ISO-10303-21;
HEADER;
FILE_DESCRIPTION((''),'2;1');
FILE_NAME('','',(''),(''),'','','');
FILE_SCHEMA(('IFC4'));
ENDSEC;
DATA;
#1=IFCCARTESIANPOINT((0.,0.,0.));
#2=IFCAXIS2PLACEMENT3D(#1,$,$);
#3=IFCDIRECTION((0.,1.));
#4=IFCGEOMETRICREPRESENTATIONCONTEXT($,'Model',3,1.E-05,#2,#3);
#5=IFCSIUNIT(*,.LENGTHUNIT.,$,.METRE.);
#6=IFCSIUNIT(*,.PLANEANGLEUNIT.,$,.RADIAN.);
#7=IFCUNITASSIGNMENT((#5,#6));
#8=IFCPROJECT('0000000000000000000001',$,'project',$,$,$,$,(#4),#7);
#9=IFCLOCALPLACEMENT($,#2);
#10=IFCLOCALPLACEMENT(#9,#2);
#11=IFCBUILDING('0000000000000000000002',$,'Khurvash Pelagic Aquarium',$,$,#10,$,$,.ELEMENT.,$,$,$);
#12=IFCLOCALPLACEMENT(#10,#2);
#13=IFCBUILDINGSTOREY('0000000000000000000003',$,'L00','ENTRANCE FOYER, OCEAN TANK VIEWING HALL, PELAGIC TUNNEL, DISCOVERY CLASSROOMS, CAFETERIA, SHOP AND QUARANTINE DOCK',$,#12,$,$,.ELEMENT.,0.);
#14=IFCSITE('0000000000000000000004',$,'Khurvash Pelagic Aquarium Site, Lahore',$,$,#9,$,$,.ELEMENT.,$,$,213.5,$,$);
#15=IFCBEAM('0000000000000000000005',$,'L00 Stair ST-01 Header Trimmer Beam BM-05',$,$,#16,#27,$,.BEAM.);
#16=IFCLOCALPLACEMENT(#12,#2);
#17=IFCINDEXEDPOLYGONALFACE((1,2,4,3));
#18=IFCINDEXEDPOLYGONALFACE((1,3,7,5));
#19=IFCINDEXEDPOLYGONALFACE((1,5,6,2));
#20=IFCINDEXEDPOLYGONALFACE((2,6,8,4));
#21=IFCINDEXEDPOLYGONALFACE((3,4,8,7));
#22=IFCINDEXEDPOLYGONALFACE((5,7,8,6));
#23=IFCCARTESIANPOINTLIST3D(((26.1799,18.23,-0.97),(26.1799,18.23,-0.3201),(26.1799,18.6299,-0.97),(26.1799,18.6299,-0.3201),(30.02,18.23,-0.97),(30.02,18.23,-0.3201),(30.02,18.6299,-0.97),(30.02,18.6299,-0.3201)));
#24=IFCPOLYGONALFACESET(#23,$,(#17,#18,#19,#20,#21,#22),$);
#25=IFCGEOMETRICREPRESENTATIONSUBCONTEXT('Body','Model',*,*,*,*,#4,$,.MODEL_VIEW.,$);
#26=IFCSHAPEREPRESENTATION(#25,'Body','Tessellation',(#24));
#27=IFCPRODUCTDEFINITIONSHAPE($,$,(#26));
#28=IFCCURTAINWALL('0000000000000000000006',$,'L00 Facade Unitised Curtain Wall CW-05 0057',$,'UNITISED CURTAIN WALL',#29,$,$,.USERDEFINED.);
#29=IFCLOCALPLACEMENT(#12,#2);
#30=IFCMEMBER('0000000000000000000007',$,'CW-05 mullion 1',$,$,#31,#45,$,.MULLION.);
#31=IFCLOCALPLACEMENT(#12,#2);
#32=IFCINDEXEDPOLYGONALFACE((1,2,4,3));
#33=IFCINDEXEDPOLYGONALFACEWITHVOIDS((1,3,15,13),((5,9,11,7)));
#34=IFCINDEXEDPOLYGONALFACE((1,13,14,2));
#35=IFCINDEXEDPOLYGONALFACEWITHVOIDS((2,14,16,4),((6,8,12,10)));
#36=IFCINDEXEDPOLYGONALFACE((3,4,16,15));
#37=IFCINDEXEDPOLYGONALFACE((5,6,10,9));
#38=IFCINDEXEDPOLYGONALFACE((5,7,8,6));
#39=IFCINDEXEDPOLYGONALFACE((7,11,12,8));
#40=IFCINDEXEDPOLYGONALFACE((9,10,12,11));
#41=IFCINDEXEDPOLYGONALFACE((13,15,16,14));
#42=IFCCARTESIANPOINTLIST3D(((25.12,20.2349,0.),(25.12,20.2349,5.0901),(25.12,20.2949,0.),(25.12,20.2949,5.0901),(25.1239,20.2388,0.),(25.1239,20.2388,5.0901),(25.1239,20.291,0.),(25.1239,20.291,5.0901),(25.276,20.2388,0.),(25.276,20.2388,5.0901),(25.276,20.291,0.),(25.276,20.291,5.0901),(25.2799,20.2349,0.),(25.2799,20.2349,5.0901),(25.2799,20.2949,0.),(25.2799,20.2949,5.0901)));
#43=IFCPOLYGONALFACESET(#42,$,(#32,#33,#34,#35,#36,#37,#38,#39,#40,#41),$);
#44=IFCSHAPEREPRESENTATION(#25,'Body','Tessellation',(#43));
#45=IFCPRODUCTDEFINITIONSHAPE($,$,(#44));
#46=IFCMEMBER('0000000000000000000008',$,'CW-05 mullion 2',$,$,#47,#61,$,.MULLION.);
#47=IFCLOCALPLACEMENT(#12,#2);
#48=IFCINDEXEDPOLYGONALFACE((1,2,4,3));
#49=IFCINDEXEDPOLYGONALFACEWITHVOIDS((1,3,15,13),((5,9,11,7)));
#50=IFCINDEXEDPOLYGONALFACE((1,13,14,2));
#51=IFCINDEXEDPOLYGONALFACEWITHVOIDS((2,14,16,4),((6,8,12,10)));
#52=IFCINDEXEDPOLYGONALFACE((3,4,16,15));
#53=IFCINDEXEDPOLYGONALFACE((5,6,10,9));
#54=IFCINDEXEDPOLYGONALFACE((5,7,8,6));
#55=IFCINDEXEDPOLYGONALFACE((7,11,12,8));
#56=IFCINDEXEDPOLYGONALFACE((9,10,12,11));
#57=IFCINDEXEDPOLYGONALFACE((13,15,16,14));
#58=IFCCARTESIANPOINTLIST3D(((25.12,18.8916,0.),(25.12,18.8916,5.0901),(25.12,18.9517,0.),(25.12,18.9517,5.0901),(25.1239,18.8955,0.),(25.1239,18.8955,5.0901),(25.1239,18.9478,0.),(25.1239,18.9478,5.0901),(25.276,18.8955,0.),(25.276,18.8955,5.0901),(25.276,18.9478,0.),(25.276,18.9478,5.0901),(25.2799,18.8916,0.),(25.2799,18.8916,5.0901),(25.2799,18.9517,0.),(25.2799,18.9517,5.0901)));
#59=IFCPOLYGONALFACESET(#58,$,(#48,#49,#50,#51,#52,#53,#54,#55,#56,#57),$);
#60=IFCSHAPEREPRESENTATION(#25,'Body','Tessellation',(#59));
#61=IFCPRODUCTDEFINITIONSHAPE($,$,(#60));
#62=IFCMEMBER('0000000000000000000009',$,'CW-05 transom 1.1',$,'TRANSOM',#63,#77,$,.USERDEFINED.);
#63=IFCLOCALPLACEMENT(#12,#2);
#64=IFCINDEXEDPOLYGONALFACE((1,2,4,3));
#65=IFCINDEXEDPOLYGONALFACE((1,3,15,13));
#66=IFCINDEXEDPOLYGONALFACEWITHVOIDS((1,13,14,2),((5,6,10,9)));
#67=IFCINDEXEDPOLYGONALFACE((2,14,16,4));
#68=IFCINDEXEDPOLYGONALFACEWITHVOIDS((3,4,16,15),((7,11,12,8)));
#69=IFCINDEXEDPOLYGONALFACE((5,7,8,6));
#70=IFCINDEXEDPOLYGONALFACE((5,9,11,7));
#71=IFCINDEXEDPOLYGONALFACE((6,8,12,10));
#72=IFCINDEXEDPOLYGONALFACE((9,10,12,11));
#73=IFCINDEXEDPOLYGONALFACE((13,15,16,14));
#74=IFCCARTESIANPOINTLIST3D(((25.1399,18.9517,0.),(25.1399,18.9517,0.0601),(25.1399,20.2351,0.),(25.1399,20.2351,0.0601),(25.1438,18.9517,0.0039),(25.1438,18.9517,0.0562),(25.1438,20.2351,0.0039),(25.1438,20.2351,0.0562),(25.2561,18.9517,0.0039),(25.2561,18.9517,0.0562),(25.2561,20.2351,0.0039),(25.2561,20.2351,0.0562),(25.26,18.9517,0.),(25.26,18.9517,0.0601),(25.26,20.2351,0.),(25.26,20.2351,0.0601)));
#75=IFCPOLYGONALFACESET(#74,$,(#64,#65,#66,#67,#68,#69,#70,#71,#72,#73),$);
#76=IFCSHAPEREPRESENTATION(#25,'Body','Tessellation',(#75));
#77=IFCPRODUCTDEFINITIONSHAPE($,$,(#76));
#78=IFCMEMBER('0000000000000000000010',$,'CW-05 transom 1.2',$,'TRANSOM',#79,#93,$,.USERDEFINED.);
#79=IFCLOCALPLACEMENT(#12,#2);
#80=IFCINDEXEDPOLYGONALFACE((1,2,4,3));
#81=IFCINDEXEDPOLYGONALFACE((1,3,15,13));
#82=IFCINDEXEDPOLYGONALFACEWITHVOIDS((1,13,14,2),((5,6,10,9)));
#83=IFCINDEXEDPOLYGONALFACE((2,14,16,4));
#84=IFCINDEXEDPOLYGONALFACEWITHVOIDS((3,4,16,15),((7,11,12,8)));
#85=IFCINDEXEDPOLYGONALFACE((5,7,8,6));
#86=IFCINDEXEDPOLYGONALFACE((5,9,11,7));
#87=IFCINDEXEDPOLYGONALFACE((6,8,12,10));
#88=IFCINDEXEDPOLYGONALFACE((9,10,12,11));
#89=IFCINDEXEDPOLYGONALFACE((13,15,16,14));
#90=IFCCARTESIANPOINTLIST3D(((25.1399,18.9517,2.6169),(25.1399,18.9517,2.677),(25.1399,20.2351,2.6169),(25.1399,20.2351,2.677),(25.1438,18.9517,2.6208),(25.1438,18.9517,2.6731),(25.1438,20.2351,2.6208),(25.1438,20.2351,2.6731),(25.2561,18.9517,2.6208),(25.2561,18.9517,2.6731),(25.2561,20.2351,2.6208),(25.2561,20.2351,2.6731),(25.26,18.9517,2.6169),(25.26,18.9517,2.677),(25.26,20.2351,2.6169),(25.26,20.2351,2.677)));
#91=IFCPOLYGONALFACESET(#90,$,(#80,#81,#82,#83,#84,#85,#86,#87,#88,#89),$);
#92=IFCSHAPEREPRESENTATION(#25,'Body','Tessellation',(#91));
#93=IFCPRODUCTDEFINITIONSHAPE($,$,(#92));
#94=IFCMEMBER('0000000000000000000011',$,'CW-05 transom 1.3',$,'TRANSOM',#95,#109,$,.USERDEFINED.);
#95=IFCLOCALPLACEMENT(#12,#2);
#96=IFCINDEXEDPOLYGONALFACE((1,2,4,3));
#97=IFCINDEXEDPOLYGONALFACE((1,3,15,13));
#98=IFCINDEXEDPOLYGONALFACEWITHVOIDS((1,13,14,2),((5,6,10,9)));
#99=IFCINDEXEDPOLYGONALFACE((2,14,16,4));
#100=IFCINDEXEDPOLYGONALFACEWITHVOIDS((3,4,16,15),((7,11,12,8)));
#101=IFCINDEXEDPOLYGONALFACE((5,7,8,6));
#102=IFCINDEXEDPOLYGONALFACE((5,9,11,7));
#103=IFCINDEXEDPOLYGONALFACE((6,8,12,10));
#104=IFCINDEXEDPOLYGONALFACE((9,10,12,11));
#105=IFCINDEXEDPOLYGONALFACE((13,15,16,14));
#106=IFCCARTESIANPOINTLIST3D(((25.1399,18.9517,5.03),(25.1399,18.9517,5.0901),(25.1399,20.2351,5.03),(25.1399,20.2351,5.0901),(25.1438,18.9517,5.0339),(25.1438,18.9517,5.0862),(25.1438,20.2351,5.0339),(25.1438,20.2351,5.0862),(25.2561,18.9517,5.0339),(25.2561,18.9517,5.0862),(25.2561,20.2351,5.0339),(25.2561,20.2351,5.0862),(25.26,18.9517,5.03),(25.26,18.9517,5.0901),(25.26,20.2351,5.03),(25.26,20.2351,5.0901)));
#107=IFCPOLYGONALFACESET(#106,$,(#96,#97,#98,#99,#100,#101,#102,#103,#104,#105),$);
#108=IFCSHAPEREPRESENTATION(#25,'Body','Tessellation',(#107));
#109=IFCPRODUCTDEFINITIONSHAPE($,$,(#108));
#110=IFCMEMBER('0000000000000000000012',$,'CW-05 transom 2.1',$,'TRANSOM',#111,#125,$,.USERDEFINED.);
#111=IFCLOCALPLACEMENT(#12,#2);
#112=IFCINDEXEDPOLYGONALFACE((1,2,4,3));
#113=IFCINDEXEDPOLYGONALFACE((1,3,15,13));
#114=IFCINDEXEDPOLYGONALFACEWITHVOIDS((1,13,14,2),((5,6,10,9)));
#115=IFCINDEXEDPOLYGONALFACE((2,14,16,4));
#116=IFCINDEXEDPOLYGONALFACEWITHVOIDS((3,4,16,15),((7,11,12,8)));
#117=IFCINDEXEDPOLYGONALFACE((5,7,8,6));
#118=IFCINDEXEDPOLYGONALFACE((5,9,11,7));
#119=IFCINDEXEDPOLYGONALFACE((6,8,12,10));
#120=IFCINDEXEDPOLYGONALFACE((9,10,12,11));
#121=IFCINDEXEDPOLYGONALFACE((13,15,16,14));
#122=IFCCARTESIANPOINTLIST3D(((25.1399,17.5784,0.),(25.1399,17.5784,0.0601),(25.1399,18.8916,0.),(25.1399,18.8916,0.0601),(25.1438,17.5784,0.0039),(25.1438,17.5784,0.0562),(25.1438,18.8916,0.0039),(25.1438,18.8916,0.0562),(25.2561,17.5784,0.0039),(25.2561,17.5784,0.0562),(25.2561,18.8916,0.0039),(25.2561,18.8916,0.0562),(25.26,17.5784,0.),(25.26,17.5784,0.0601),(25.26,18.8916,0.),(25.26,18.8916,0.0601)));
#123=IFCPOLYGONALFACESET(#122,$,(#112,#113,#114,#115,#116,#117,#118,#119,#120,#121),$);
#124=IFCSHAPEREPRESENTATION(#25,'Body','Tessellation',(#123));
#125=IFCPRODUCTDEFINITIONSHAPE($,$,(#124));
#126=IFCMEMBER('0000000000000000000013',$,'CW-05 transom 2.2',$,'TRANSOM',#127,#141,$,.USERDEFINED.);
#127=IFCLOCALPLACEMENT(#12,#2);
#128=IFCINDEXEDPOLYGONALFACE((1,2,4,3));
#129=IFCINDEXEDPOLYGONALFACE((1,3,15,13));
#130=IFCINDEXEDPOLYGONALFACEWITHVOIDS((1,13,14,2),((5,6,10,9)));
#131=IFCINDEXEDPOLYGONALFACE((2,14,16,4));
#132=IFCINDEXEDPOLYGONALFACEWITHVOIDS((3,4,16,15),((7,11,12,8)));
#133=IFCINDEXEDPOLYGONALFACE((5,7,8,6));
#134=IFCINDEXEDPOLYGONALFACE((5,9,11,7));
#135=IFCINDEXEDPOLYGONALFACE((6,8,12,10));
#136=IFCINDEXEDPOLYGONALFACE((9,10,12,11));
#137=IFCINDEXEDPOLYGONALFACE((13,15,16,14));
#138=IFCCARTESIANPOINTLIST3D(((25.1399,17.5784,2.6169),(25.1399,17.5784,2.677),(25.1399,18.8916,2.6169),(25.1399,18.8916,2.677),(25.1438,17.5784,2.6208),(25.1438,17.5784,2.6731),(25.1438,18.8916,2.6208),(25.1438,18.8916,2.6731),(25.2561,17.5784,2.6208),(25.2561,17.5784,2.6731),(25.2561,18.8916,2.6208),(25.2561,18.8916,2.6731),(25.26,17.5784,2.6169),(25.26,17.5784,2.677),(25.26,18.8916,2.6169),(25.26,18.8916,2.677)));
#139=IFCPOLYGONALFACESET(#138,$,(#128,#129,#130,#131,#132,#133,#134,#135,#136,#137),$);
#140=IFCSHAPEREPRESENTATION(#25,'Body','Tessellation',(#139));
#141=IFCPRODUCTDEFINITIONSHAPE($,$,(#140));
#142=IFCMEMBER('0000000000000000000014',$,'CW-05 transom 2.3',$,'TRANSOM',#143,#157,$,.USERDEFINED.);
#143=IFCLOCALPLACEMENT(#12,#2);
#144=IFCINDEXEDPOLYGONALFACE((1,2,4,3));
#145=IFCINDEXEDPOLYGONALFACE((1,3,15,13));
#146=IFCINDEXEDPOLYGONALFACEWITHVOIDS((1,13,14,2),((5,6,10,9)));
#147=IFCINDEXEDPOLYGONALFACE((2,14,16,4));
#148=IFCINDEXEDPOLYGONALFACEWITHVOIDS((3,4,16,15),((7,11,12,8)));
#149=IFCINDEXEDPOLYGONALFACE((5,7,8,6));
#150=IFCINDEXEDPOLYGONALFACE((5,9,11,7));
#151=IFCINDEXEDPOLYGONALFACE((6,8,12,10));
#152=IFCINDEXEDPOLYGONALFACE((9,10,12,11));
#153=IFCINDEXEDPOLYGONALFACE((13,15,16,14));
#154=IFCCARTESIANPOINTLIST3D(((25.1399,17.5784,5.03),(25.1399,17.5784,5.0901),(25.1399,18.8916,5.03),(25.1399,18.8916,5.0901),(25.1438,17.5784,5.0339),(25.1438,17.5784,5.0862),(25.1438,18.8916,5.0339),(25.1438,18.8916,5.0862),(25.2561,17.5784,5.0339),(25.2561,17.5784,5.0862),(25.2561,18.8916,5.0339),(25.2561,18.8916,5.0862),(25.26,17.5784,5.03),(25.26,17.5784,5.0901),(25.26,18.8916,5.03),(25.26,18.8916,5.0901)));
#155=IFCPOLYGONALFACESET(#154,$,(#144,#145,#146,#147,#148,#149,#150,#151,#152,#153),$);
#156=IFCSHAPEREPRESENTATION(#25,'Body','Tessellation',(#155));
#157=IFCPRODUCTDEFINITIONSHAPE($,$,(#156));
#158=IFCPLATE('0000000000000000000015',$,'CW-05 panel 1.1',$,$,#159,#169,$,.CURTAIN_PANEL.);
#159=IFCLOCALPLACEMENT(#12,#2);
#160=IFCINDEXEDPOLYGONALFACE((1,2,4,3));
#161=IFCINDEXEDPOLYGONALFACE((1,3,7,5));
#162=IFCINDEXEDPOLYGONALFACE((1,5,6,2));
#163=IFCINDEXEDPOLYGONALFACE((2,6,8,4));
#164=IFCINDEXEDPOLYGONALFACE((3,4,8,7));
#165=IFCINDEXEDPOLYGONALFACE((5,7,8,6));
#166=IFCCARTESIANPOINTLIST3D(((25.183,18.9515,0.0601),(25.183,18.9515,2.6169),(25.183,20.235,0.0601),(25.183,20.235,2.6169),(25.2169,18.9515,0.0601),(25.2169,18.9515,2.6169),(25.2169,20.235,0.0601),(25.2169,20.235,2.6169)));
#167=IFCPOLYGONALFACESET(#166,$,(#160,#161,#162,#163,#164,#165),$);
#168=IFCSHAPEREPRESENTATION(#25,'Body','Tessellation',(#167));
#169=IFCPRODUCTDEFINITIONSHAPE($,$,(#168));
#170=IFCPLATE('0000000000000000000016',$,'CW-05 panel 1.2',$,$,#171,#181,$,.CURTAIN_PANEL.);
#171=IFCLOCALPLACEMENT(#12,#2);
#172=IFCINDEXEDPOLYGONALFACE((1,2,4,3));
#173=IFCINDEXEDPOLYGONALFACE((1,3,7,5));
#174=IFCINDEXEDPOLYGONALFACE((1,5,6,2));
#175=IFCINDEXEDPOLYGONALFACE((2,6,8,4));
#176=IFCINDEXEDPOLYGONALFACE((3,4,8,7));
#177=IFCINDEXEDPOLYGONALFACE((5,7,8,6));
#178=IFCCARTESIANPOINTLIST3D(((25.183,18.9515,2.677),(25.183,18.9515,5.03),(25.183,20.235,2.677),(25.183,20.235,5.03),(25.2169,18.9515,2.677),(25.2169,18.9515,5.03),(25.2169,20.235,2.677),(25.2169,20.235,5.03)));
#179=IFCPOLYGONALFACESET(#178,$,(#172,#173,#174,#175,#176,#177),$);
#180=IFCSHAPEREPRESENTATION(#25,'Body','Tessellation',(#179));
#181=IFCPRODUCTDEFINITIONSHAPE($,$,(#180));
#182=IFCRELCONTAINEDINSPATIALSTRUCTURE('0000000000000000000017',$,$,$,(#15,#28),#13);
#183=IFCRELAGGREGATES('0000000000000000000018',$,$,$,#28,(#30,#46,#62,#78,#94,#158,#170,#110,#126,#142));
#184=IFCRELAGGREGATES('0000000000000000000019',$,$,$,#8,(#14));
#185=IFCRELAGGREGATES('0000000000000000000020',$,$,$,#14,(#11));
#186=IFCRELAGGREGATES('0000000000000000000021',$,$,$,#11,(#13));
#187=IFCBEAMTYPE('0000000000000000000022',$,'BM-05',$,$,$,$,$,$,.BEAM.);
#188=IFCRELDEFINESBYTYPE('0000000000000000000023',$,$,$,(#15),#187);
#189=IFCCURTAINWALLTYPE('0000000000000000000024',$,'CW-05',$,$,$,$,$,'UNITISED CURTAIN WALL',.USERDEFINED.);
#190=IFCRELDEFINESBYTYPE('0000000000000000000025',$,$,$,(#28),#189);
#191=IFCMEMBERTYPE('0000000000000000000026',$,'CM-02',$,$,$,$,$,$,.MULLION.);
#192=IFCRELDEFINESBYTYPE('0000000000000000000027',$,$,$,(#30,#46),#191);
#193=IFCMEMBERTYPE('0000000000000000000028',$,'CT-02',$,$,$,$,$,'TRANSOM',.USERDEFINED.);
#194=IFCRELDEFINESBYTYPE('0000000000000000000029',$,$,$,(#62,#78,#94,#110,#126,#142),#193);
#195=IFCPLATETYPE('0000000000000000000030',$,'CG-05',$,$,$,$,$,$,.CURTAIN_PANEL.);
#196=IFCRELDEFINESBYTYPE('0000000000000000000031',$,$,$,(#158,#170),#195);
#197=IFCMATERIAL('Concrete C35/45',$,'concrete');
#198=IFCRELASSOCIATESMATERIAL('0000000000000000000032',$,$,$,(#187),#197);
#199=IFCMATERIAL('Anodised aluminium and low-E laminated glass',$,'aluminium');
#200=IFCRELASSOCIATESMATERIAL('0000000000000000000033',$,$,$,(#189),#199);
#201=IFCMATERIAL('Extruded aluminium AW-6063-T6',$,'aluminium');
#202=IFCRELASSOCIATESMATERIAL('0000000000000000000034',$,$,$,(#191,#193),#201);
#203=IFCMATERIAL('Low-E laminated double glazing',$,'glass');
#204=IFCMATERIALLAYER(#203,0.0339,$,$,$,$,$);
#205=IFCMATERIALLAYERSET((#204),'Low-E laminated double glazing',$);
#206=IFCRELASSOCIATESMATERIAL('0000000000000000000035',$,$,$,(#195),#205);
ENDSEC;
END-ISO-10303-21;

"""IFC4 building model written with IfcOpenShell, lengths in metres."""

from ifc_helpers import new_model, si_unit, direction, frame, origin, origin_2d, place, context, subcontext, project, spatial, rectangle, hollow_rectangle, extrude, material, layer, layer_set, material_profile, profile_set, type_object, element, aggregate, save


model = new_model("IFC4")

# Units and contexts
model_context = context("Model", 3, precision=1e-05, world=origin(), true_north=direction((0.0, 1.0)))
body_context = subcontext(model_context, "Body", "Model", "MODEL_VIEW")
ifc_project = project(units=[si_unit("LENGTHUNIT", "METRE"), si_unit("PLANEANGLEUNIT", "RADIAN")], contexts=[model_context])

# Site, building, storey
site_placement = place(None, origin())
site = spatial("IfcSite", under=ifc_project, at=site_placement, Name="Khurvash Pelagic Aquarium Site, Lahore", CompositionType="ELEMENT", RefElevation=213.5)
building_placement = place(site_placement, origin())
building = spatial("IfcBuilding", under=site, at=building_placement, Name="Khurvash Pelagic Aquarium", CompositionType="ELEMENT")
storey_placement = place(building_placement, origin())
storey = spatial("IfcBuildingStorey", under=building, at=storey_placement, Name="L00", Description="ENTRANCE FOYER, OCEAN TANK VIEWING HALL, PELAGIC TUNNEL, DISCOVERY CLASSROOMS, CAFETERIA, SHOP AND QUARANTINE DOCK", CompositionType="ELEMENT", Elevation=0.0)

# Beam
ifc_material_1 = material(Name="Concrete C35/45", Category="concrete")
ifc_material_profile_1 = material_profile(ifc_material_1, rectangle(XDim=0.3999, YDim=0.6499, at=origin_2d()), Name="RC400X650")
ifc_profile_set_1 = profile_set([ifc_material_profile_1], Name="Concrete C35/45")
beam_type = type_object("IfcBeamType", Name="BM-05", PredefinedType="BEAM", material=ifc_profile_set_1)
beam_placement = place(storey_placement, frame((26.1799, 18.4299, -0.645), z_axis=(1.0, 0.0, 0.0), x_axis=(0.0, 1.0, 0.0)))
element("IfcBeam", 1, at=beam_placement, inside=storey, type_object=beam_type, Name="L00 Stair ST-01 Header Trimmer Beam BM-05", PredefinedType="BEAM", context=body_context, shape_type="SweptSolid", body=[
    extrude(rectangle(XDim=0.3999, YDim=0.6499, at=origin_2d()), origin(), (0.0, 0.0, 1.0), 3.8401),
])

# Curtain wall, members, plates
ifc_material_2 = material(Name="Anodised aluminium and low-E laminated glass", Category="aluminium")
curtain_wall_type = type_object("IfcCurtainWallType", Name="CW-05", ElementType="UNITISED CURTAIN WALL", PredefinedType="USERDEFINED", material=ifc_material_2)
curtain_wall_placement = place(storey_placement, origin())
curtain_wall = element("IfcCurtainWall", 2, at=curtain_wall_placement, inside=storey, type_object=curtain_wall_type, Name="L00 Facade Unitised Curtain Wall CW-05 0057", ObjectType="UNITISED CURTAIN WALL", PredefinedType="USERDEFINED")
ifc_material_3 = material(Name="Extruded aluminium AW-6063-T6", Category="aluminium")
ifc_material_profile_2 = material_profile(ifc_material_3, hollow_rectangle(XDim=0.0601, YDim=0.1599, WallThickness=0.0039, at=origin_2d()), Name="CWM60X160X4")
ifc_profile_set_2 = profile_set([ifc_material_profile_2], Name="Extruded aluminium AW-6063-T6")
member_type_1 = type_object("IfcMemberType", Name="CM-02", PredefinedType="MULLION", material=ifc_profile_set_2)
member_1_placement = place(storey_placement, frame((25.2, 20.2649, 0.0), z_axis=(0.0, 0.0, 1.0), x_axis=(0.0, -1.0, 0.0)))
member_1 = element("IfcMember", 3, at=member_1_placement, type_object=member_type_1, Name="CW-05 mullion 1", PredefinedType="MULLION", context=body_context, shape_type="SweptSolid", body=[
    extrude(hollow_rectangle(XDim=0.0601, YDim=0.1599, WallThickness=0.0039, at=origin_2d()), origin(), (0.0, 0.0, 1.0), 5.0901),
])
member_2_placement = place(storey_placement, frame((25.2, 18.9216, 0.0), z_axis=(0.0, 0.0, 1.0), x_axis=(0.0, -1.0, 0.0)))
member_2 = element("IfcMember", 4, at=member_2_placement, type_object=member_type_1, Name="CW-05 mullion 2", PredefinedType="MULLION", context=body_context, shape_type="SweptSolid", body=[
    extrude(hollow_rectangle(XDim=0.0601, YDim=0.1599, WallThickness=0.0039, at=origin_2d()), origin(), (0.0, 0.0, 1.0), 5.0901),
])
ifc_material_profile_3 = material_profile(ifc_material_3, hollow_rectangle(XDim=0.1201, YDim=0.0601, WallThickness=0.0039, at=origin_2d()), Name="CWT120X60X4")
ifc_profile_set_3 = profile_set([ifc_material_profile_3], Name="Extruded aluminium AW-6063-T6")
member_type_2 = type_object("IfcMemberType", Name="CT-02", ElementType="TRANSOM", PredefinedType="USERDEFINED", material=ifc_profile_set_3)
member_3_placement = place(storey_placement, frame((25.2, 20.2351, 0.03), z_axis=(0.0, -1.0, 0.0), x_axis=(1.0, 0.0, 0.0)))
member_3 = element("IfcMember", 5, at=member_3_placement, type_object=member_type_2, Name="CW-05 transom 1.1", ObjectType="TRANSOM", PredefinedType="USERDEFINED", context=body_context, shape_type="SweptSolid", body=[
    extrude(hollow_rectangle(XDim=0.1201, YDim=0.0601, WallThickness=0.0039, at=origin_2d()), origin(), (0.0, 0.0, 1.0), 1.2834),
])
member_4_placement = place(storey_placement, frame((25.2, 20.2351, 2.647), z_axis=(0.0, -1.0, 0.0), x_axis=(1.0, 0.0, 0.0)))
member_4 = element("IfcMember", 6, at=member_4_placement, type_object=member_type_2, Name="CW-05 transom 1.2", ObjectType="TRANSOM", PredefinedType="USERDEFINED", context=body_context, shape_type="SweptSolid", body=[
    extrude(hollow_rectangle(XDim=0.1201, YDim=0.0601, WallThickness=0.0039, at=origin_2d()), origin(), (0.0, 0.0, 1.0), 1.2834),
])
member_5_placement = place(storey_placement, frame((25.2, 20.2351, 5.0601), z_axis=(0.0, -1.0, 0.0), x_axis=(1.0, 0.0, 0.0)))
member_5 = element("IfcMember", 7, at=member_5_placement, type_object=member_type_2, Name="CW-05 transom 1.3", ObjectType="TRANSOM", PredefinedType="USERDEFINED", context=body_context, shape_type="SweptSolid", body=[
    extrude(hollow_rectangle(XDim=0.1201, YDim=0.0601, WallThickness=0.0039, at=origin_2d()), origin(), (0.0, 0.0, 1.0), 1.2834),
])
member_6_placement = place(storey_placement, frame((25.2, 18.8916, 0.03), z_axis=(0.0, -1.0, 0.0), x_axis=(1.0, 0.0, 0.0)))
member_6 = element("IfcMember", 8, at=member_6_placement, type_object=member_type_2, Name="CW-05 transom 2.1", ObjectType="TRANSOM", PredefinedType="USERDEFINED", context=body_context, shape_type="SweptSolid", body=[
    extrude(hollow_rectangle(XDim=0.1201, YDim=0.0601, WallThickness=0.0039, at=origin_2d()), origin(), (0.0, 0.0, 1.0), 1.3132),
])
member_7_placement = place(storey_placement, frame((25.2, 18.8916, 2.647), z_axis=(0.0, -1.0, 0.0), x_axis=(1.0, 0.0, 0.0)))
member_7 = element("IfcMember", 9, at=member_7_placement, type_object=member_type_2, Name="CW-05 transom 2.2", ObjectType="TRANSOM", PredefinedType="USERDEFINED", context=body_context, shape_type="SweptSolid", body=[
    extrude(hollow_rectangle(XDim=0.1201, YDim=0.0601, WallThickness=0.0039, at=origin_2d()), origin(), (0.0, 0.0, 1.0), 1.3132),
])
member_8_placement = place(storey_placement, frame((25.2, 18.8916, 5.0601), z_axis=(0.0, -1.0, 0.0), x_axis=(1.0, 0.0, 0.0)))
member_8 = element("IfcMember", 10, at=member_8_placement, type_object=member_type_2, Name="CW-05 transom 2.3", ObjectType="TRANSOM", PredefinedType="USERDEFINED", context=body_context, shape_type="SweptSolid", body=[
    extrude(hollow_rectangle(XDim=0.1201, YDim=0.0601, WallThickness=0.0039, at=origin_2d()), origin(), (0.0, 0.0, 1.0), 1.3132),
])
ifc_material_4 = material(Name="Low-E laminated double glazing", Category="glass")
ifc_layer_1 = layer(ifc_material_4, 0.0339)
ifc_layer_set_1 = layer_set([ifc_layer_1], Name="Low-E laminated double glazing")
plate_type = type_object("IfcPlateType", Name="CG-05", PredefinedType="CURTAIN_PANEL", material=ifc_layer_set_1)
plate_1_placement = place(storey_placement, frame((25.2, 19.5933, 0.0601), z_axis=(0.0, 0.0, 1.0), x_axis=(0.0, -1.0, 0.0)))
plate_1 = element("IfcPlate", 11, at=plate_1_placement, type_object=plate_type, Name="CW-05 panel 1.1", PredefinedType="CURTAIN_PANEL", context=body_context, shape_type="SweptSolid", body=[
    extrude(rectangle(XDim=1.2834, YDim=0.0339, at=origin_2d()), origin(), (0.0, 0.0, 1.0), 2.5569),
])
plate_2_placement = place(storey_placement, frame((25.2, 19.5933, 2.677), z_axis=(0.0, 0.0, 1.0), x_axis=(0.0, -1.0, 0.0)))
plate_2 = element("IfcPlate", 12, at=plate_2_placement, type_object=plate_type, Name="CW-05 panel 1.2", PredefinedType="CURTAIN_PANEL", context=body_context, shape_type="SweptSolid", body=[
    extrude(rectangle(XDim=1.2834, YDim=0.0339, at=origin_2d()), origin(), (0.0, 0.0, 1.0), 2.353),
])
aggregate(curtain_wall, [member_1, member_2, member_3, member_4, member_5, plate_1, plate_2, member_6, member_7, member_8])

save(model, "model.ifc")
